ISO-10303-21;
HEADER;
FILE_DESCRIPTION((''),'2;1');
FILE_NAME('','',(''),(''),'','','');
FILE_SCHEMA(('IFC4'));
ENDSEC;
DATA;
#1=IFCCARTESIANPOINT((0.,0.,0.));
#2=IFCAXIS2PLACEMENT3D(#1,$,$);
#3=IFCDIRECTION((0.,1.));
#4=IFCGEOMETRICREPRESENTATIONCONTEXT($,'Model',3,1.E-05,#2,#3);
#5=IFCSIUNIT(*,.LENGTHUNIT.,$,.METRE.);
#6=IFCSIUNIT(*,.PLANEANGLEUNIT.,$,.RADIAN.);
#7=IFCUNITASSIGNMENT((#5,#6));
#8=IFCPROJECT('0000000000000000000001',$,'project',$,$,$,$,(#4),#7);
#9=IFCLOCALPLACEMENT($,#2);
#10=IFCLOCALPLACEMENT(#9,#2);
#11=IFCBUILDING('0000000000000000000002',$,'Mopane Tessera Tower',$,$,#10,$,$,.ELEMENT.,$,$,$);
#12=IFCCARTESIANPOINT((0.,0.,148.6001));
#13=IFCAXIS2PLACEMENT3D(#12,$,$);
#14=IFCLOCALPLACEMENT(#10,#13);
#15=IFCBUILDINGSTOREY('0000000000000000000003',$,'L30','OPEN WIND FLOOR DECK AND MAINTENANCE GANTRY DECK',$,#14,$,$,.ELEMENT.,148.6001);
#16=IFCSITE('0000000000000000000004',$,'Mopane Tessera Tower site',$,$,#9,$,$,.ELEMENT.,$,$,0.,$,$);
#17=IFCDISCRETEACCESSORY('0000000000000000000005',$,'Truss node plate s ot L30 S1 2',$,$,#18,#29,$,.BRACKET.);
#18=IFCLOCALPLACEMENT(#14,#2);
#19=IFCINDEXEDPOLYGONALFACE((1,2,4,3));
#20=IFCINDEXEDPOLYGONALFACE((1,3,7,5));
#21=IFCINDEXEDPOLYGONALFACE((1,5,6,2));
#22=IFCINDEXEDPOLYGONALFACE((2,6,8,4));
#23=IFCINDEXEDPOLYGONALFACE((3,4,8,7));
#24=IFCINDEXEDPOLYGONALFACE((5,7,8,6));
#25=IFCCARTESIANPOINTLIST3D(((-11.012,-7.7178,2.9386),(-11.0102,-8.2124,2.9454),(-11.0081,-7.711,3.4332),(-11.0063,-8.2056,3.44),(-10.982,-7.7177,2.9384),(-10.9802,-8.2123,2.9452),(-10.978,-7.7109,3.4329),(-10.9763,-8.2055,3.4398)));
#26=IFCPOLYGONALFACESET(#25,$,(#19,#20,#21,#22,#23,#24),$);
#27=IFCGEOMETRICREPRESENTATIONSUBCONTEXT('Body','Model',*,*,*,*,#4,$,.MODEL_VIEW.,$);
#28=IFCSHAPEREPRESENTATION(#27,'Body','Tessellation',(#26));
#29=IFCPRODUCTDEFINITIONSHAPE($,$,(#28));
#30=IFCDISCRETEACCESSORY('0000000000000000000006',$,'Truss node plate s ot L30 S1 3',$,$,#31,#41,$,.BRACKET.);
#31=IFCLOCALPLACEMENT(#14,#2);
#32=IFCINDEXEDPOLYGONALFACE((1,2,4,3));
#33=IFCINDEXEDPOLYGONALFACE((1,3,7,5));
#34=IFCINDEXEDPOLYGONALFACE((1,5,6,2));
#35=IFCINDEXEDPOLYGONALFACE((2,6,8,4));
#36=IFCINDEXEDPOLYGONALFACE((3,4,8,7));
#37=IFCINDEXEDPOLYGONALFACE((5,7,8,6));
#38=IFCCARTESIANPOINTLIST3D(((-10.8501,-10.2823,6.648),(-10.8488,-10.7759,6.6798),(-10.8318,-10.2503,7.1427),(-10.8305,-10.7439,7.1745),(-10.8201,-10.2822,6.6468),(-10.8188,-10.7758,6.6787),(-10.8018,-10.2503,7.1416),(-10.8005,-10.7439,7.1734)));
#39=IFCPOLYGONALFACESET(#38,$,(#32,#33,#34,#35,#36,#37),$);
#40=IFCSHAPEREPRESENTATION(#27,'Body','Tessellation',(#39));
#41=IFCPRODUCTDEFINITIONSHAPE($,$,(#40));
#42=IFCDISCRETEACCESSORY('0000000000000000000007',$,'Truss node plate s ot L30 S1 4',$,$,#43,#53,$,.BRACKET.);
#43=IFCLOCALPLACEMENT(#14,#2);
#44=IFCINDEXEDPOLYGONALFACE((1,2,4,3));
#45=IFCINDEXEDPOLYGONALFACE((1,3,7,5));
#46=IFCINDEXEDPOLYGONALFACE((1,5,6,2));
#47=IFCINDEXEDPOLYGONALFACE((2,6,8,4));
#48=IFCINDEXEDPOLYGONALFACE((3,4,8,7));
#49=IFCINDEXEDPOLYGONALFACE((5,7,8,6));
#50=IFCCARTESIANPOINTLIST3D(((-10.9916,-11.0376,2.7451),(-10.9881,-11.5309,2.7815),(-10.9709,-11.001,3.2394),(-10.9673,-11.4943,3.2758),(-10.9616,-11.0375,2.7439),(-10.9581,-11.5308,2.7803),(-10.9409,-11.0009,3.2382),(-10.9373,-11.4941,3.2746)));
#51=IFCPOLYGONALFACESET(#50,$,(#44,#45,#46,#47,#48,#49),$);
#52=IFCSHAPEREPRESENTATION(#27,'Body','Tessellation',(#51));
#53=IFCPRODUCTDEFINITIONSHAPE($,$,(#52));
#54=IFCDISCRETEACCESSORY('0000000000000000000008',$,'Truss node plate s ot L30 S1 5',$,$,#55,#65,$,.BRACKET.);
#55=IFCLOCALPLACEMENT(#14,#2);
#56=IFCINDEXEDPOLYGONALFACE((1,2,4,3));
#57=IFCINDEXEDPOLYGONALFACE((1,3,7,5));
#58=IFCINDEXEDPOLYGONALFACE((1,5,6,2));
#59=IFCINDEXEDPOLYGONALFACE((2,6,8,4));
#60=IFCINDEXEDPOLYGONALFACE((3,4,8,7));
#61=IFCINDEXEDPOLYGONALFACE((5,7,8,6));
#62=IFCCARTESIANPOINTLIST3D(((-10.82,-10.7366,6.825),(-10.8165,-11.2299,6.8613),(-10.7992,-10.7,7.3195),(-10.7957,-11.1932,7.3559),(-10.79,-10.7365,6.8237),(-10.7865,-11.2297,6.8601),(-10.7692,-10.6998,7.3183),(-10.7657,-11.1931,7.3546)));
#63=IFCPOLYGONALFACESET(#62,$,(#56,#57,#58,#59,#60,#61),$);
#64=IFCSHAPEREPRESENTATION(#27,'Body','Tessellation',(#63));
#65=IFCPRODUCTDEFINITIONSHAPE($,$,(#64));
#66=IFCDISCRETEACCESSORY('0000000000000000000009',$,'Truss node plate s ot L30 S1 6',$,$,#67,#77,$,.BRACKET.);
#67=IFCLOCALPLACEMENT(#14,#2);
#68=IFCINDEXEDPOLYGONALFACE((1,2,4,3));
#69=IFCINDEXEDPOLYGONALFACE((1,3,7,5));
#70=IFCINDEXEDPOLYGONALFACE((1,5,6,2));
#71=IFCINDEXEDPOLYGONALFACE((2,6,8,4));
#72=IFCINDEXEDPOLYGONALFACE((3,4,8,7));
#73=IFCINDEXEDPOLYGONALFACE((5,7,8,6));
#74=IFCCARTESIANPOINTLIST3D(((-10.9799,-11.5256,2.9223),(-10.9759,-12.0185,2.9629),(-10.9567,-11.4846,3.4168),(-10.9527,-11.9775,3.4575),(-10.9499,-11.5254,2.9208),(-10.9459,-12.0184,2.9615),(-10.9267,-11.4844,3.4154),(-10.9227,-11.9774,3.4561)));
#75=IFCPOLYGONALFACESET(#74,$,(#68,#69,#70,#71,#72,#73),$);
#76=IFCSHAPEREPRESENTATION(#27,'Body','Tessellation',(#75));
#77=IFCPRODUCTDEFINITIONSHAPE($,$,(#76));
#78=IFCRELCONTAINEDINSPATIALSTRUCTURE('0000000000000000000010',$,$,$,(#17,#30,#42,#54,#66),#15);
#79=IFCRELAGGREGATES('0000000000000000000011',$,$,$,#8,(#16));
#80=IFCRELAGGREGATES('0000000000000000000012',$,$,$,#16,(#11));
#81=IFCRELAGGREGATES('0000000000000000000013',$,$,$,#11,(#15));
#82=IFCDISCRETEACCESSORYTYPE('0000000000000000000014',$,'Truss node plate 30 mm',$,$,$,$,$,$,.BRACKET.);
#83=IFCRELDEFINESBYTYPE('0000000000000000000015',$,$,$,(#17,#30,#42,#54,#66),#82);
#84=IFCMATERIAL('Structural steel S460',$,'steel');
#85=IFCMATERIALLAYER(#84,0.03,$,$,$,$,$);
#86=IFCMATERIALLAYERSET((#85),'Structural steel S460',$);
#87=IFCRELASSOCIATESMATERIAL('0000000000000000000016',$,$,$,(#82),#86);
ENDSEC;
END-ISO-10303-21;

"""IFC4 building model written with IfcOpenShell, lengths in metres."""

from ifc_helpers import new_model, si_unit, direction, frame, origin, origin_2d, place, context, subcontext, project, spatial, rectangle, extrude, material, layer, layer_set, type_object, element, save


model = new_model("IFC4")

# Units and contexts
model_context = context("Model", 3, precision=1e-05, world=origin(), true_north=direction((0.0, 1.0)))
body_context = subcontext(model_context, "Body", "Model", "MODEL_VIEW")
ifc_project = project(units=[si_unit("LENGTHUNIT", "METRE"), si_unit("PLANEANGLEUNIT", "RADIAN")], contexts=[model_context])

# Site, building, storey
site_placement = place(None, origin())
site = spatial("IfcSite", under=ifc_project, at=site_placement, Name="Mopane Tessera Tower site", CompositionType="ELEMENT", RefElevation=0.0)
building_placement = place(site_placement, origin())
building = spatial("IfcBuilding", under=site, at=building_placement, Name="Mopane Tessera Tower", CompositionType="ELEMENT")
storey_placement = place(building_placement, frame((0.0, 0.0, 148.6001)))
storey = spatial("IfcBuildingStorey", under=building, at=storey_placement, Name="L30", Description="OPEN WIND FLOOR DECK AND MAINTENANCE GANTRY DECK", CompositionType="ELEMENT", Elevation=148.6001)

# Discrete accessories
ifc_material_1 = material(Name="Structural steel S460", Category="steel")
ifc_layer_1 = layer(ifc_material_1, 0.03)
ifc_layer_set_1 = layer_set([ifc_layer_1], Name="Structural steel S460")
discrete_accessory_type_1 = type_object("IfcDiscreteAccessoryType", Name="Truss node plate 30 mm", PredefinedType="BRACKET", material=ifc_layer_set_1)
discrete_accessory_1_placement = place(storey_placement, frame((-10.9961, -7.9651, 2.9419), z_axis=(0.007896, 0.013819, 0.999873), x_axis=(0.999963, 0.003419, -0.007944)))
element("IfcDiscreteAccessory", 1, at=discrete_accessory_1_placement, inside=storey, type_object=discrete_accessory_type_1, Name="Truss node plate s ot L30 S1 2", PredefinedType="BRACKET", context=body_context, shape_type="SweptSolid", body=[
    extrude(rectangle(XDim=0.03, YDim=0.4946, at=origin_2d()), origin(), (0.0, 0.0, 1.0), 0.4946),
])
for number, where, z_axis, x_axis, name in (
    (2, (-10.8345, -10.5291, 6.6633), (0.036916, 0.064481, 0.997236), (0.999315, 0.000317, -0.037014), "Truss node plate s ot L30 S1 3"),
    (3, (-10.9749, -11.2842, 2.7627), (0.041824, 0.073807, 0.996395), (0.9991, 0.004012, -0.042235), "Truss node plate s ot L30 S1 4"),
):
    element("IfcDiscreteAccessory", number, at=place(storey_placement, frame(where, z_axis=z_axis, x_axis=x_axis)), inside=storey, type_object=discrete_accessory_type_1, Name=name, PredefinedType="BRACKET", context=body_context, shape_type="SweptSolid", body=[
        extrude(rectangle(XDim=0.03, YDim=0.4946, at=origin_2d()), origin(), (0.0, 0.0, 1.0), 0.4961),
    ])
discrete_accessory_2_placement = place(storey_placement, frame((-10.8032, -10.9832, 6.8425), z_axis=(0.041803, 0.073771, 0.996399), x_axis=(0.999101, 0.004014, -0.042214)))
element("IfcDiscreteAccessory", 4, at=discrete_accessory_2_placement, inside=storey, type_object=discrete_accessory_type_1, Name="Truss node plate s ot L30 S1 5", PredefinedType="BRACKET", context=body_context, shape_type="SweptSolid", body=[
    extrude(rectangle(XDim=0.03, YDim=0.4946, at=origin_2d()), origin(), (0.0, 0.0, 1.0), 0.4963),
])
discrete_accessory_3_placement = place(storey_placement, frame((-10.9629, -11.772, 2.9419), z_axis=(0.046679, 0.082548, 0.995493), x_axis=(0.998878, 0.00412, -0.047179)))
element("IfcDiscreteAccessory", 5, at=discrete_accessory_3_placement, inside=storey, type_object=discrete_accessory_type_1, Name="Truss node plate s ot L30 S1 6", PredefinedType="BRACKET", context=body_context, shape_type="SweptSolid", body=[
    extrude(rectangle(XDim=0.03, YDim=0.4946, at=origin_2d()), origin(), (0.0, 0.0, 1.0), 0.4968),
])

save(model, "model.ifc")
